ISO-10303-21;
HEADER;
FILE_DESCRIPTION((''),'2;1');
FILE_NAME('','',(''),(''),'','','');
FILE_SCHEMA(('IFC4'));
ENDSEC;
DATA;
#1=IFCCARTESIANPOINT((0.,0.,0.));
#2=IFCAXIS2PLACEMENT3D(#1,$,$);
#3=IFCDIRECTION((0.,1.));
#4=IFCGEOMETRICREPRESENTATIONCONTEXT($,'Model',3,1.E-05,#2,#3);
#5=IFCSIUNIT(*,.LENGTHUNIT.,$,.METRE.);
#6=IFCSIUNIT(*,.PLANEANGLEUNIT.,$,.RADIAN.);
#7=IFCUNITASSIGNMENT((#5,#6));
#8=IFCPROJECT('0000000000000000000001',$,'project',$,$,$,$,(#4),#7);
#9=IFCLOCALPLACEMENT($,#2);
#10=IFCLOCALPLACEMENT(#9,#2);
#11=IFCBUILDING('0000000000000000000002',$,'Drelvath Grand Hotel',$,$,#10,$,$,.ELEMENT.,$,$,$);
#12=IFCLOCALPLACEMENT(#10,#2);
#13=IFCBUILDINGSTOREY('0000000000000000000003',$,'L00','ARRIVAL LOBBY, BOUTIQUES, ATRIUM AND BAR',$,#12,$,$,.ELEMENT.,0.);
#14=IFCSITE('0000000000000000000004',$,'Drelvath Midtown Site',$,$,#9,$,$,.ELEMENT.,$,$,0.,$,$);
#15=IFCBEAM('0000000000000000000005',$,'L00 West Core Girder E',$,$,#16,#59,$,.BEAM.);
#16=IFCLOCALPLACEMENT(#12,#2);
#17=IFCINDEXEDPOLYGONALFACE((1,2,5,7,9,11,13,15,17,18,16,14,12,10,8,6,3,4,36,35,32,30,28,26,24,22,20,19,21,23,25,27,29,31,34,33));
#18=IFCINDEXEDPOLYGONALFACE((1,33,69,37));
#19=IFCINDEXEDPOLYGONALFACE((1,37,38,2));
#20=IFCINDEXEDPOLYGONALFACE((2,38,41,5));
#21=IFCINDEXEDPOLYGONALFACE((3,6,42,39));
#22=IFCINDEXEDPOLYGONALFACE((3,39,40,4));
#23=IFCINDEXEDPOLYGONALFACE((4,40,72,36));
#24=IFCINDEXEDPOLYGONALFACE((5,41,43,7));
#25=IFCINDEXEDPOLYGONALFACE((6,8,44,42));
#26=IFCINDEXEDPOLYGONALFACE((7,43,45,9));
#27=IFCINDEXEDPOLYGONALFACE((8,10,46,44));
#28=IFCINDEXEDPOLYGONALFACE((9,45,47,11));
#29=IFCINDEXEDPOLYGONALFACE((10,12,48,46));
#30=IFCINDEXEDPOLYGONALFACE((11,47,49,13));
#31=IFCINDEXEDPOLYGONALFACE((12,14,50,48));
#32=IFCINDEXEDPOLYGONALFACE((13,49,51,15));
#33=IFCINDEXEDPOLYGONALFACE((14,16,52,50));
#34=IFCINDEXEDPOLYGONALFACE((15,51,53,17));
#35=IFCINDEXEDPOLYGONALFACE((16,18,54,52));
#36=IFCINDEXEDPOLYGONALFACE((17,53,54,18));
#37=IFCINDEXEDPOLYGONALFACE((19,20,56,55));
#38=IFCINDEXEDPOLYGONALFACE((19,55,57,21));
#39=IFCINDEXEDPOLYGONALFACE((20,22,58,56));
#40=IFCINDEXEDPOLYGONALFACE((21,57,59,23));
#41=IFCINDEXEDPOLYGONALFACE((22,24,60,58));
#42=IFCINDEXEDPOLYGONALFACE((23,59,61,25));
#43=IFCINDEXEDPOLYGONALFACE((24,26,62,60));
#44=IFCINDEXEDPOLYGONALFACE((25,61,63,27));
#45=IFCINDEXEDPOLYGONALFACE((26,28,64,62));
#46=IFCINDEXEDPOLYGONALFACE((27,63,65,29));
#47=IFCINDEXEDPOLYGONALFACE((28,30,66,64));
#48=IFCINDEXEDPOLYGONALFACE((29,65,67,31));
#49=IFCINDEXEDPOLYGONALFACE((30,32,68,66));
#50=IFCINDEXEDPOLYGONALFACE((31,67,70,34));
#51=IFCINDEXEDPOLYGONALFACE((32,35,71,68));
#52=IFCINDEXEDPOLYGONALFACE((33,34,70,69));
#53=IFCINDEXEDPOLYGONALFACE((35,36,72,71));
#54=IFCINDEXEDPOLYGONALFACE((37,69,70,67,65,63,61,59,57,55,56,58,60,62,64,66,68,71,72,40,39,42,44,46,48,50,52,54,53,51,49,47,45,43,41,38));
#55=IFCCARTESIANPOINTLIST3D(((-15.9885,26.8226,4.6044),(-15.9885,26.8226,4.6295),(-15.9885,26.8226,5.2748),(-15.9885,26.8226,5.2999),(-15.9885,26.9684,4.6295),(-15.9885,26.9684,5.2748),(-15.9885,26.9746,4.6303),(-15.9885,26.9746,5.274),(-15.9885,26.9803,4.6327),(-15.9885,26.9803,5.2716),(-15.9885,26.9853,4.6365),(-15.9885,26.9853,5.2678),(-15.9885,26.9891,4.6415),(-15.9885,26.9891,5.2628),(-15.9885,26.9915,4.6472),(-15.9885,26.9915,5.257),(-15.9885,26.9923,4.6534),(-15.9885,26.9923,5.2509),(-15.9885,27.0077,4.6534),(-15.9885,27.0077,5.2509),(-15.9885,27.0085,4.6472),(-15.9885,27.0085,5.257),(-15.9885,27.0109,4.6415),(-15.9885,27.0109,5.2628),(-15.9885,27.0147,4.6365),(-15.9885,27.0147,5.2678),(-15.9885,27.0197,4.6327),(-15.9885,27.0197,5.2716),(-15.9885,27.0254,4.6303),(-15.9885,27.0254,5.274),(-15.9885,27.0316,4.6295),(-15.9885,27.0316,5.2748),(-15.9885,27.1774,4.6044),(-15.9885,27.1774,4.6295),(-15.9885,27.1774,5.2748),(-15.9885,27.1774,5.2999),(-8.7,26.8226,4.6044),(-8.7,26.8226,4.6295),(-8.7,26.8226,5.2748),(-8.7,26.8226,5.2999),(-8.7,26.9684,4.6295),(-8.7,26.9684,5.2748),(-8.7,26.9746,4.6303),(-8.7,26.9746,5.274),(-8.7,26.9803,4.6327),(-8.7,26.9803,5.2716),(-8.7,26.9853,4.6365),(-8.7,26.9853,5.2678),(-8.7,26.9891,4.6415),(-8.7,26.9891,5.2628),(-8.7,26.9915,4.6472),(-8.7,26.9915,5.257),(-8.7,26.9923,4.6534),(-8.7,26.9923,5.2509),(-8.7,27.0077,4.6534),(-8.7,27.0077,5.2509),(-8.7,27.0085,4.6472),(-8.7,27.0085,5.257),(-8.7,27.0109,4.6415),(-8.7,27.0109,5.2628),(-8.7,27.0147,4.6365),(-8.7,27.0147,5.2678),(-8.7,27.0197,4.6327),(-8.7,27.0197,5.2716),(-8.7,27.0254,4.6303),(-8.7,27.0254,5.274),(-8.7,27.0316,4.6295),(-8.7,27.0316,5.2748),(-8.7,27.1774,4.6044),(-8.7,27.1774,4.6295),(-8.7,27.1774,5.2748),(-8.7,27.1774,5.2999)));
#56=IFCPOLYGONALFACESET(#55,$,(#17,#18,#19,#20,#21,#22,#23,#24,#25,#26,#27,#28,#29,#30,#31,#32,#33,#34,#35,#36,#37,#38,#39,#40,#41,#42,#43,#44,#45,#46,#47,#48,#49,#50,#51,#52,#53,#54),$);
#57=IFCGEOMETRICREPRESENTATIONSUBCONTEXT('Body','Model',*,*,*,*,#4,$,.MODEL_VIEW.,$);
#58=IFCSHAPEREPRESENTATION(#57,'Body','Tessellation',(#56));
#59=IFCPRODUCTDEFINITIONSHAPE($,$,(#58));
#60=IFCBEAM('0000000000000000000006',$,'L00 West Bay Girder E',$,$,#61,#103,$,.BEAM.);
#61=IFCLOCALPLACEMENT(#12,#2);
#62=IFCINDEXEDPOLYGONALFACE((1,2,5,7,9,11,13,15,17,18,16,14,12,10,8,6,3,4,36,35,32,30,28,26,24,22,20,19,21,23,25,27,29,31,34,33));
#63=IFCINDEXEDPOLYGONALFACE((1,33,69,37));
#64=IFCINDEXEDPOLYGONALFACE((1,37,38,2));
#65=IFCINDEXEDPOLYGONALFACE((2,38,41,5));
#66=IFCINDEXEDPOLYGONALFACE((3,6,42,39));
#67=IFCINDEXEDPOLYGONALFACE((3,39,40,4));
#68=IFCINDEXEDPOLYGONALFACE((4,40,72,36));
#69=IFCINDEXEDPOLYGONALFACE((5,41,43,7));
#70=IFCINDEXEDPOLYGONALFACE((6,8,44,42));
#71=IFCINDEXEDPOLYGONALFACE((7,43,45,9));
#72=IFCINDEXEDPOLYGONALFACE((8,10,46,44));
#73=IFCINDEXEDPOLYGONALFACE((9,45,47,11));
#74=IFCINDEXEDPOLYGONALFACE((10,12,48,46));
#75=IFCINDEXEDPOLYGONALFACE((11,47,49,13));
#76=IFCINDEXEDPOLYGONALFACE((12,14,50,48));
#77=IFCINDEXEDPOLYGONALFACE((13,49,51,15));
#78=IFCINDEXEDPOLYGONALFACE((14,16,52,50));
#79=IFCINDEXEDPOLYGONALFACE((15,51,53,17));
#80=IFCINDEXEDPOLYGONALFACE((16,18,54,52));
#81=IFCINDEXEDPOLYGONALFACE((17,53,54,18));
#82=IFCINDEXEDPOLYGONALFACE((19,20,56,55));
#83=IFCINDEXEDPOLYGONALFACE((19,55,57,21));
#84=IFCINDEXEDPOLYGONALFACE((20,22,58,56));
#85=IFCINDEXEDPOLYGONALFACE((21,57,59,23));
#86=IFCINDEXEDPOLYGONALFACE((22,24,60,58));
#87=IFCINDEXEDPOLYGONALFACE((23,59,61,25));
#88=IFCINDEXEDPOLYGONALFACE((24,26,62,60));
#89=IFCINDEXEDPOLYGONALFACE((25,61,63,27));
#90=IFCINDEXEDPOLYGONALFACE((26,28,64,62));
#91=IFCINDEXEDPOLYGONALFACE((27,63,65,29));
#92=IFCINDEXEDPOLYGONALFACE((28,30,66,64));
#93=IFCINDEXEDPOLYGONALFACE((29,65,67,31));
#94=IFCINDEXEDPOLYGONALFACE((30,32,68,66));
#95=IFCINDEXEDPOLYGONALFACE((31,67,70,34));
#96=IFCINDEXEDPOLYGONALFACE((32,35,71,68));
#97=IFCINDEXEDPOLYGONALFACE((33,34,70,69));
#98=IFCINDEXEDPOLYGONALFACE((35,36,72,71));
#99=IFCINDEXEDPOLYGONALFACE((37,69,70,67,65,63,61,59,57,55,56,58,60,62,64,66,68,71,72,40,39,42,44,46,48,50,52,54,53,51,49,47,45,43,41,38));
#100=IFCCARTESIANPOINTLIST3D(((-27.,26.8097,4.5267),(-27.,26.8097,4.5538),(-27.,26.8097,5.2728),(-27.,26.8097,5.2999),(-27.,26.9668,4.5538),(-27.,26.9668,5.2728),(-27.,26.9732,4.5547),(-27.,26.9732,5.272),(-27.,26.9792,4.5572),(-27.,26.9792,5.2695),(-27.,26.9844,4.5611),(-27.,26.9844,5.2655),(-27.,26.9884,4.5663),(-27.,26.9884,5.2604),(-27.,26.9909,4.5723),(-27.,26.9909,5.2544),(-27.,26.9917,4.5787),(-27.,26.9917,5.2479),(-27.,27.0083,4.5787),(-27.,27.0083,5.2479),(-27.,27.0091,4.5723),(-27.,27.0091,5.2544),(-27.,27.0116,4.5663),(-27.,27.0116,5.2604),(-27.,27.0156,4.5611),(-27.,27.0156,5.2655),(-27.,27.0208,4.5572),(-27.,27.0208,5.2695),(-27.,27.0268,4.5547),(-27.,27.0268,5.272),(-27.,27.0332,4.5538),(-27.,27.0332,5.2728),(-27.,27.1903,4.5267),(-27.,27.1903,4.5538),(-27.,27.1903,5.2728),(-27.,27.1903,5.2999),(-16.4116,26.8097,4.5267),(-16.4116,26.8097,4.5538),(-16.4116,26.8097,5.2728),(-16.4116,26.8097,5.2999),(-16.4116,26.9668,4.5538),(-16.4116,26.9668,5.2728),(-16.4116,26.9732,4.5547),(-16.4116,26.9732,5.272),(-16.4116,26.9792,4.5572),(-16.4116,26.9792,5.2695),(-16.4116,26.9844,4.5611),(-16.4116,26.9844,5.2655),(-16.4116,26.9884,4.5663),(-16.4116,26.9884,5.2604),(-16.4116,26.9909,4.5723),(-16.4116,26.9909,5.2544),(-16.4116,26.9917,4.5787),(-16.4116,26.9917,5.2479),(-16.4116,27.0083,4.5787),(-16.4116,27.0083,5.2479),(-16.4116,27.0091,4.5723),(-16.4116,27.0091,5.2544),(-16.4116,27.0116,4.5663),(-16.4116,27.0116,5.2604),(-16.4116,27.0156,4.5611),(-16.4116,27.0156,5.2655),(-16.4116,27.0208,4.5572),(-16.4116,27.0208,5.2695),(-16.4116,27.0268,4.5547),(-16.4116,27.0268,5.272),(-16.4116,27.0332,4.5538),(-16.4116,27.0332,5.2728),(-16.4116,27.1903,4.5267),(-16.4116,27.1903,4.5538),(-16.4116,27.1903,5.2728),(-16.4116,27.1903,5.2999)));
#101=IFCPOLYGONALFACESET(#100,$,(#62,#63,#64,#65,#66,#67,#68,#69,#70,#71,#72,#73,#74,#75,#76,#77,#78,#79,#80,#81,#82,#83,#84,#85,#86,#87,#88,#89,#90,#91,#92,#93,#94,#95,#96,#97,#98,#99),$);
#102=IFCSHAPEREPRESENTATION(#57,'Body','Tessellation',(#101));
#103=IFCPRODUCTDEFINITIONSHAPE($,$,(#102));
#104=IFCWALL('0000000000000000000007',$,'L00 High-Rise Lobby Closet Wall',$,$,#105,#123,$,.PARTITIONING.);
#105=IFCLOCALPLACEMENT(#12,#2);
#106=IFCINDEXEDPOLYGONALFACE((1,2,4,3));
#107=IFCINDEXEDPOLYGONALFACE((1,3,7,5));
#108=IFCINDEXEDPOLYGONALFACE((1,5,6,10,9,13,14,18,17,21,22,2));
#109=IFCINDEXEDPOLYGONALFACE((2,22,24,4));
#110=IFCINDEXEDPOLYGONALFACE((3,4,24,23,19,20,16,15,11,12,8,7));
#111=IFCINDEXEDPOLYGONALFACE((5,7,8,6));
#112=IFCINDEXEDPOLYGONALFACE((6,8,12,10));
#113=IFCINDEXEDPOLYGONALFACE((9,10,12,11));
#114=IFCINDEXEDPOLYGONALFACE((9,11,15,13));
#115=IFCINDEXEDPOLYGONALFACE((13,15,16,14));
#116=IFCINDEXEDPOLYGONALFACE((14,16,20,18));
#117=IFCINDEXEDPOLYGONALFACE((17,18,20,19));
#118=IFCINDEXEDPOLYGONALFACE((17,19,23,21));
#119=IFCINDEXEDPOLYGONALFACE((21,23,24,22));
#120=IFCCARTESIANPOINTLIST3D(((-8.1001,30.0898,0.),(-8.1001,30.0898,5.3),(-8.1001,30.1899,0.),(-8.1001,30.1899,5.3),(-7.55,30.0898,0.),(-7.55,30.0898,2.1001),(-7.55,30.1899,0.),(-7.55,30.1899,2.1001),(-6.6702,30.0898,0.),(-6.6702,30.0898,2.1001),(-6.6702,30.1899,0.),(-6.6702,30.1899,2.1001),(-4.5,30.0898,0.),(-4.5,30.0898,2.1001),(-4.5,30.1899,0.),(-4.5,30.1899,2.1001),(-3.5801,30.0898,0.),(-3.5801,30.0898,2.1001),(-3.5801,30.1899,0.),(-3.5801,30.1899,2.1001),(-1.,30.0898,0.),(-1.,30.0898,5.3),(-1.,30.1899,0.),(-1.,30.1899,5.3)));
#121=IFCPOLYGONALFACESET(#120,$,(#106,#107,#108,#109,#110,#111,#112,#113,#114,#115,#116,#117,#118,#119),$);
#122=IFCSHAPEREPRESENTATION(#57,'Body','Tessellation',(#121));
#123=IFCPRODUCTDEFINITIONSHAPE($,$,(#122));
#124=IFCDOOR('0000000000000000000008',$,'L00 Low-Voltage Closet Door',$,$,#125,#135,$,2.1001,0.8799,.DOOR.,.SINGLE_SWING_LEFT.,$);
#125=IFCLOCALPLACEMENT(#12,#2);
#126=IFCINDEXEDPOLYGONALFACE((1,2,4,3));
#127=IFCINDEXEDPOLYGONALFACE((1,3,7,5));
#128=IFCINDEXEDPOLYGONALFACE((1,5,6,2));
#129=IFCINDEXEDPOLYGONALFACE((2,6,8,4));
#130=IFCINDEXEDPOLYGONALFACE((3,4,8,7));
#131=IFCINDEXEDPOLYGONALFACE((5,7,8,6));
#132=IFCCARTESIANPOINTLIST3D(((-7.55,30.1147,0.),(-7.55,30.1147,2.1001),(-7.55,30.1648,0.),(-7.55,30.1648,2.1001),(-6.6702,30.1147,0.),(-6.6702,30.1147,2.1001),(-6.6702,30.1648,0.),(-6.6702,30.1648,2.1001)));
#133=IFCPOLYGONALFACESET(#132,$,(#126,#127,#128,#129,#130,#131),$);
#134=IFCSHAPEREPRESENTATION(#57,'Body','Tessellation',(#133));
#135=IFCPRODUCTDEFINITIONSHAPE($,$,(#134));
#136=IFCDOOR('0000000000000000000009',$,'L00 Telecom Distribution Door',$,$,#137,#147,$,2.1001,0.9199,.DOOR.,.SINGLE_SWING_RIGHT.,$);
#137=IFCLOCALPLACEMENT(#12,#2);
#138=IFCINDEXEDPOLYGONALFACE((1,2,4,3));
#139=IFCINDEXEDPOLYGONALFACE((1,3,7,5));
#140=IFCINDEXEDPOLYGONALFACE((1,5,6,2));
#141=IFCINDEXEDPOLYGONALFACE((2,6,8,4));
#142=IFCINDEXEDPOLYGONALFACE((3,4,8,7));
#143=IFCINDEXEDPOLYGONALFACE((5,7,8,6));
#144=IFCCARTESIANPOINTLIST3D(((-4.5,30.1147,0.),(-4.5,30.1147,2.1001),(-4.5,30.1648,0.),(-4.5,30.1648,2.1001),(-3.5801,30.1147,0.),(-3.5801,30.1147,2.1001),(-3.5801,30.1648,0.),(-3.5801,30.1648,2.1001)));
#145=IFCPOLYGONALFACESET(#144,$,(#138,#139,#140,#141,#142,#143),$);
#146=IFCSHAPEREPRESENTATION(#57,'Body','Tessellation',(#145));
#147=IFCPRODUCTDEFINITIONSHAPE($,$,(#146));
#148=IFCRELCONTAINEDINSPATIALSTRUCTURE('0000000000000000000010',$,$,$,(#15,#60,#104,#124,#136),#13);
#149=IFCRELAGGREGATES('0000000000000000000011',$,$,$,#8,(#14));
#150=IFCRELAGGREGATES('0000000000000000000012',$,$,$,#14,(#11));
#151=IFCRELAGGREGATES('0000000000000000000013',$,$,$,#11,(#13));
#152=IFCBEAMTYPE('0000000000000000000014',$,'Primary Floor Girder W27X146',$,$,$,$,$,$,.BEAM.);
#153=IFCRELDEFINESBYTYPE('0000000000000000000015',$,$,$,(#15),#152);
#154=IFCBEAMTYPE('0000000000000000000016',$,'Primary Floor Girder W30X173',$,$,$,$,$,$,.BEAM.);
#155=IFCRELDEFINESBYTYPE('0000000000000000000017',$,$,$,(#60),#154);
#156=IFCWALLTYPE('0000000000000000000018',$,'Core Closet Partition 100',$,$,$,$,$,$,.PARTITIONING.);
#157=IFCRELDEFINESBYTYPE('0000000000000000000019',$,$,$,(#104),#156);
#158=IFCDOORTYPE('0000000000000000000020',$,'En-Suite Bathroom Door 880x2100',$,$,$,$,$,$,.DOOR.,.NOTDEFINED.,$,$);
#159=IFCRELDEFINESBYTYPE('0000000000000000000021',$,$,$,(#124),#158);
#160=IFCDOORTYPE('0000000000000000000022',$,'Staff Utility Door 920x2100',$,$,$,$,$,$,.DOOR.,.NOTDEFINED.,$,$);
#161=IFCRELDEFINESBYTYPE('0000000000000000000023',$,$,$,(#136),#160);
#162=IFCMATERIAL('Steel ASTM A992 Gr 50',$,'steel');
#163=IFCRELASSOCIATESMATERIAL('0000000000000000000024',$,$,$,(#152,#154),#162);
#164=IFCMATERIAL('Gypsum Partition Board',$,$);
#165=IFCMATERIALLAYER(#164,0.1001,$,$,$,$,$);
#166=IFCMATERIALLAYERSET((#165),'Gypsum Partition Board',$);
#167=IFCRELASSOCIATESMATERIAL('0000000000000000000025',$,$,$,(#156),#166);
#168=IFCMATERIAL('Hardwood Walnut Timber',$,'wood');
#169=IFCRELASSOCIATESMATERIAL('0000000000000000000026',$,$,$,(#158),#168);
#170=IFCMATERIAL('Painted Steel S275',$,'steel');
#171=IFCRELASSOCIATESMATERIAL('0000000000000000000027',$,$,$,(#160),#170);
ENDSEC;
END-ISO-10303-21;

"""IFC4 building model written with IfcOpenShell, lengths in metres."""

from ifc_helpers import new_model, si_unit, direction, frame, frame_2d, origin, origin_2d, place, context, subcontext, project, spatial, rectangle, i_section, extrude, material, layer, layer_set, material_profile, profile_set, type_object, element, fill, save


model = new_model("IFC4")

# Units and contexts
model_context = context("Model", 3, precision=1e-05, world=origin(), true_north=direction((0.0, 1.0)))
body_context = subcontext(model_context, "Body", "Model", "MODEL_VIEW")
ifc_project = project(units=[si_unit("LENGTHUNIT", "METRE"), si_unit("PLANEANGLEUNIT", "RADIAN")], contexts=[model_context])

# Site, building, storey
site_placement = place(None, origin())
site = spatial("IfcSite", under=ifc_project, at=site_placement, Name="Drelvath Midtown Site", CompositionType="ELEMENT", RefElevation=0.0)
building_placement = place(site_placement, origin())
building = spatial("IfcBuilding", under=site, at=building_placement, Name="Drelvath Grand Hotel", CompositionType="ELEMENT")
storey_placement = place(building_placement, origin())
storey = spatial("IfcBuildingStorey", under=building, at=storey_placement, Name="L00", Description="ARRIVAL LOBBY, BOUTIQUES, ATRIUM AND BAR", CompositionType="ELEMENT", Elevation=0.0)

# Beams
ifc_material_1 = material(Name="Steel ASTM A992 Gr 50", Category="steel")
ifc_material_profile_1 = material_profile(ifc_material_1, i_section(OverallWidth=0.3547, OverallDepth=0.6956, WebThickness=0.0154, FlangeThickness=0.0251, FilletRadius=0.0239, at=origin_2d()), Name="W27X146")
ifc_profile_set_1 = profile_set([ifc_material_profile_1], Name="Steel ASTM A992 Gr 50")
beam_type_1 = type_object("IfcBeamType", Name="Primary Floor Girder W27X146", PredefinedType="BEAM", material=ifc_profile_set_1)
beam_1_placement = place(storey_placement, frame((-15.9885, 27.0, 4.9521), z_axis=(1.0, 0.0, 0.0), x_axis=(0.0, 1.0, 0.0)))
element("IfcBeam", 1, at=beam_1_placement, inside=storey, type_object=beam_type_1, Name="L00 West Core Girder E", PredefinedType="BEAM", context=body_context, shape_type="SweptSolid", body=[
    extrude(i_section(OverallWidth=0.3547, OverallDepth=0.6956, WebThickness=0.0154, FlangeThickness=0.0251, FilletRadius=0.0239, at=origin_2d()), origin(), (0.0, 0.0, 1.0), 7.2886),
])
ifc_material_profile_2 = material_profile(ifc_material_1, i_section(OverallWidth=0.3806, OverallDepth=0.7732, WebThickness=0.0166, FlangeThickness=0.0271, FilletRadius=0.0249, at=origin_2d()), Name="W30X173")
ifc_profile_set_2 = profile_set([ifc_material_profile_2], Name="Steel ASTM A992 Gr 50")
beam_type_2 = type_object("IfcBeamType", Name="Primary Floor Girder W30X173", PredefinedType="BEAM", material=ifc_profile_set_2)
beam_2_placement = place(storey_placement, frame((-27.0, 27.0, 4.9133), z_axis=(1.0, 0.0, 0.0), x_axis=(0.0, 1.0, 0.0)))
element("IfcBeam", 2, at=beam_2_placement, inside=storey, type_object=beam_type_2, Name="L00 West Bay Girder E", PredefinedType="BEAM", context=body_context, shape_type="SweptSolid", body=[
    extrude(i_section(OverallWidth=0.3806, OverallDepth=0.7732, WebThickness=0.0166, FlangeThickness=0.0271, FilletRadius=0.0249, at=origin_2d()), origin(), (0.0, 0.0, 1.0), 10.5884),
])

# Wall, openings, doors
ifc_material_2 = material(Name="Gypsum Partition Board")
ifc_layer_1 = layer(ifc_material_2, 0.1001)
ifc_layer_set_1 = layer_set([ifc_layer_1], Name="Gypsum Partition Board")
wall_type_1 = type_object("IfcWallType", Name="Core Closet Partition 100", PredefinedType="PARTITIONING", material=ifc_layer_set_1)
wall_1_placement = place(storey_placement, frame((-8.1001, 30.1399, 0.0), z_axis=(0.0, 0.0, 1.0), x_axis=(1.0, 0.0, 0.0)))
wall_1 = element("IfcWall", 3, at=wall_1_placement, inside=storey, type_object=wall_type_1, Name="L00 High-Rise Lobby Closet Wall", PredefinedType="PARTITIONING", context=body_context, shape_type="SweptSolid", body=[
    extrude(rectangle(XDim=7.1001, YDim=0.1001, at=frame_2d((3.55, 0.0))), origin(), (0.0, 0.0, 1.0), 5.3),
])
opening_1_placement = place(wall_1_placement, frame((0.55, 0.0, 0.0)))
opening_1 = element("IfcOpeningElement", 4, at=opening_1_placement, cuts=wall_1, PredefinedType="OPENING", context=body_context, shape_type="SweptSolid", body=[
    extrude(rectangle(XDim=0.8799, YDim=2.1001, at=frame_2d((0.4399, 1.05))), frame((0.0, 0.0601, 0.0), z_axis=(0.0, -1.0, 0.0), x_axis=(1.0, 0.0, 0.0)), (0.0, 0.0, 1.0), 0.1201),
])
opening_2_placement = place(wall_1_placement, frame((3.6001, 0.0, 0.0)))
opening_2 = element("IfcOpeningElement", 5, at=opening_2_placement, cuts=wall_1, PredefinedType="OPENING", context=body_context, shape_type="SweptSolid", body=[
    extrude(rectangle(XDim=0.9199, YDim=2.1001, at=frame_2d((0.46, 1.05))), frame((0.0, 0.0601, 0.0), z_axis=(0.0, -1.0, 0.0), x_axis=(1.0, 0.0, 0.0)), (0.0, 0.0, 1.0), 0.1201),
])
ifc_material_3 = material(Name="Hardwood Walnut Timber", Category="wood")
door_type_1 = type_object("IfcDoorType", Name="En-Suite Bathroom Door 880x2100", OperationType="NOTDEFINED", PredefinedType="DOOR", material=ifc_material_3)
door_1_placement = place(opening_1_placement, origin())
door_1 = element("IfcDoor", 6, at=door_1_placement, inside=storey, type_object=door_type_1, Name="L00 Low-Voltage Closet Door", OperationType="SINGLE_SWING_LEFT", OverallHeight=2.1001, OverallWidth=0.8799, PredefinedType="DOOR", context=body_context, shape_type="SweptSolid", body=[
    extrude(rectangle(XDim=0.8799, YDim=2.1001, at=frame_2d((0.4399, 1.05))), frame((0.0, 0.0249, 0.0), z_axis=(0.0, -1.0, 0.0), x_axis=(1.0, 0.0, 0.0)), (0.0, 0.0, 1.0), 0.05),
])
fill(opening_1, door_1)
ifc_material_4 = material(Name="Painted Steel S275", Category="steel")
door_type_2 = type_object("IfcDoorType", Name="Staff Utility Door 920x2100", OperationType="NOTDEFINED", PredefinedType="DOOR", material=ifc_material_4)
door_2_placement = place(opening_2_placement, origin())
door_2 = element("IfcDoor", 7, at=door_2_placement, inside=storey, type_object=door_type_2, Name="L00 Telecom Distribution Door", OperationType="SINGLE_SWING_RIGHT", OverallHeight=2.1001, OverallWidth=0.9199, PredefinedType="DOOR", context=body_context, shape_type="SweptSolid", body=[
    extrude(rectangle(XDim=0.9199, YDim=2.1001, at=frame_2d((0.46, 1.05))), frame((0.0, 0.0249, 0.0), z_axis=(0.0, -1.0, 0.0), x_axis=(1.0, 0.0, 0.0)), (0.0, 0.0, 1.0), 0.05),
])
fill(opening_2, door_2)

save(model, "model.ifc")
